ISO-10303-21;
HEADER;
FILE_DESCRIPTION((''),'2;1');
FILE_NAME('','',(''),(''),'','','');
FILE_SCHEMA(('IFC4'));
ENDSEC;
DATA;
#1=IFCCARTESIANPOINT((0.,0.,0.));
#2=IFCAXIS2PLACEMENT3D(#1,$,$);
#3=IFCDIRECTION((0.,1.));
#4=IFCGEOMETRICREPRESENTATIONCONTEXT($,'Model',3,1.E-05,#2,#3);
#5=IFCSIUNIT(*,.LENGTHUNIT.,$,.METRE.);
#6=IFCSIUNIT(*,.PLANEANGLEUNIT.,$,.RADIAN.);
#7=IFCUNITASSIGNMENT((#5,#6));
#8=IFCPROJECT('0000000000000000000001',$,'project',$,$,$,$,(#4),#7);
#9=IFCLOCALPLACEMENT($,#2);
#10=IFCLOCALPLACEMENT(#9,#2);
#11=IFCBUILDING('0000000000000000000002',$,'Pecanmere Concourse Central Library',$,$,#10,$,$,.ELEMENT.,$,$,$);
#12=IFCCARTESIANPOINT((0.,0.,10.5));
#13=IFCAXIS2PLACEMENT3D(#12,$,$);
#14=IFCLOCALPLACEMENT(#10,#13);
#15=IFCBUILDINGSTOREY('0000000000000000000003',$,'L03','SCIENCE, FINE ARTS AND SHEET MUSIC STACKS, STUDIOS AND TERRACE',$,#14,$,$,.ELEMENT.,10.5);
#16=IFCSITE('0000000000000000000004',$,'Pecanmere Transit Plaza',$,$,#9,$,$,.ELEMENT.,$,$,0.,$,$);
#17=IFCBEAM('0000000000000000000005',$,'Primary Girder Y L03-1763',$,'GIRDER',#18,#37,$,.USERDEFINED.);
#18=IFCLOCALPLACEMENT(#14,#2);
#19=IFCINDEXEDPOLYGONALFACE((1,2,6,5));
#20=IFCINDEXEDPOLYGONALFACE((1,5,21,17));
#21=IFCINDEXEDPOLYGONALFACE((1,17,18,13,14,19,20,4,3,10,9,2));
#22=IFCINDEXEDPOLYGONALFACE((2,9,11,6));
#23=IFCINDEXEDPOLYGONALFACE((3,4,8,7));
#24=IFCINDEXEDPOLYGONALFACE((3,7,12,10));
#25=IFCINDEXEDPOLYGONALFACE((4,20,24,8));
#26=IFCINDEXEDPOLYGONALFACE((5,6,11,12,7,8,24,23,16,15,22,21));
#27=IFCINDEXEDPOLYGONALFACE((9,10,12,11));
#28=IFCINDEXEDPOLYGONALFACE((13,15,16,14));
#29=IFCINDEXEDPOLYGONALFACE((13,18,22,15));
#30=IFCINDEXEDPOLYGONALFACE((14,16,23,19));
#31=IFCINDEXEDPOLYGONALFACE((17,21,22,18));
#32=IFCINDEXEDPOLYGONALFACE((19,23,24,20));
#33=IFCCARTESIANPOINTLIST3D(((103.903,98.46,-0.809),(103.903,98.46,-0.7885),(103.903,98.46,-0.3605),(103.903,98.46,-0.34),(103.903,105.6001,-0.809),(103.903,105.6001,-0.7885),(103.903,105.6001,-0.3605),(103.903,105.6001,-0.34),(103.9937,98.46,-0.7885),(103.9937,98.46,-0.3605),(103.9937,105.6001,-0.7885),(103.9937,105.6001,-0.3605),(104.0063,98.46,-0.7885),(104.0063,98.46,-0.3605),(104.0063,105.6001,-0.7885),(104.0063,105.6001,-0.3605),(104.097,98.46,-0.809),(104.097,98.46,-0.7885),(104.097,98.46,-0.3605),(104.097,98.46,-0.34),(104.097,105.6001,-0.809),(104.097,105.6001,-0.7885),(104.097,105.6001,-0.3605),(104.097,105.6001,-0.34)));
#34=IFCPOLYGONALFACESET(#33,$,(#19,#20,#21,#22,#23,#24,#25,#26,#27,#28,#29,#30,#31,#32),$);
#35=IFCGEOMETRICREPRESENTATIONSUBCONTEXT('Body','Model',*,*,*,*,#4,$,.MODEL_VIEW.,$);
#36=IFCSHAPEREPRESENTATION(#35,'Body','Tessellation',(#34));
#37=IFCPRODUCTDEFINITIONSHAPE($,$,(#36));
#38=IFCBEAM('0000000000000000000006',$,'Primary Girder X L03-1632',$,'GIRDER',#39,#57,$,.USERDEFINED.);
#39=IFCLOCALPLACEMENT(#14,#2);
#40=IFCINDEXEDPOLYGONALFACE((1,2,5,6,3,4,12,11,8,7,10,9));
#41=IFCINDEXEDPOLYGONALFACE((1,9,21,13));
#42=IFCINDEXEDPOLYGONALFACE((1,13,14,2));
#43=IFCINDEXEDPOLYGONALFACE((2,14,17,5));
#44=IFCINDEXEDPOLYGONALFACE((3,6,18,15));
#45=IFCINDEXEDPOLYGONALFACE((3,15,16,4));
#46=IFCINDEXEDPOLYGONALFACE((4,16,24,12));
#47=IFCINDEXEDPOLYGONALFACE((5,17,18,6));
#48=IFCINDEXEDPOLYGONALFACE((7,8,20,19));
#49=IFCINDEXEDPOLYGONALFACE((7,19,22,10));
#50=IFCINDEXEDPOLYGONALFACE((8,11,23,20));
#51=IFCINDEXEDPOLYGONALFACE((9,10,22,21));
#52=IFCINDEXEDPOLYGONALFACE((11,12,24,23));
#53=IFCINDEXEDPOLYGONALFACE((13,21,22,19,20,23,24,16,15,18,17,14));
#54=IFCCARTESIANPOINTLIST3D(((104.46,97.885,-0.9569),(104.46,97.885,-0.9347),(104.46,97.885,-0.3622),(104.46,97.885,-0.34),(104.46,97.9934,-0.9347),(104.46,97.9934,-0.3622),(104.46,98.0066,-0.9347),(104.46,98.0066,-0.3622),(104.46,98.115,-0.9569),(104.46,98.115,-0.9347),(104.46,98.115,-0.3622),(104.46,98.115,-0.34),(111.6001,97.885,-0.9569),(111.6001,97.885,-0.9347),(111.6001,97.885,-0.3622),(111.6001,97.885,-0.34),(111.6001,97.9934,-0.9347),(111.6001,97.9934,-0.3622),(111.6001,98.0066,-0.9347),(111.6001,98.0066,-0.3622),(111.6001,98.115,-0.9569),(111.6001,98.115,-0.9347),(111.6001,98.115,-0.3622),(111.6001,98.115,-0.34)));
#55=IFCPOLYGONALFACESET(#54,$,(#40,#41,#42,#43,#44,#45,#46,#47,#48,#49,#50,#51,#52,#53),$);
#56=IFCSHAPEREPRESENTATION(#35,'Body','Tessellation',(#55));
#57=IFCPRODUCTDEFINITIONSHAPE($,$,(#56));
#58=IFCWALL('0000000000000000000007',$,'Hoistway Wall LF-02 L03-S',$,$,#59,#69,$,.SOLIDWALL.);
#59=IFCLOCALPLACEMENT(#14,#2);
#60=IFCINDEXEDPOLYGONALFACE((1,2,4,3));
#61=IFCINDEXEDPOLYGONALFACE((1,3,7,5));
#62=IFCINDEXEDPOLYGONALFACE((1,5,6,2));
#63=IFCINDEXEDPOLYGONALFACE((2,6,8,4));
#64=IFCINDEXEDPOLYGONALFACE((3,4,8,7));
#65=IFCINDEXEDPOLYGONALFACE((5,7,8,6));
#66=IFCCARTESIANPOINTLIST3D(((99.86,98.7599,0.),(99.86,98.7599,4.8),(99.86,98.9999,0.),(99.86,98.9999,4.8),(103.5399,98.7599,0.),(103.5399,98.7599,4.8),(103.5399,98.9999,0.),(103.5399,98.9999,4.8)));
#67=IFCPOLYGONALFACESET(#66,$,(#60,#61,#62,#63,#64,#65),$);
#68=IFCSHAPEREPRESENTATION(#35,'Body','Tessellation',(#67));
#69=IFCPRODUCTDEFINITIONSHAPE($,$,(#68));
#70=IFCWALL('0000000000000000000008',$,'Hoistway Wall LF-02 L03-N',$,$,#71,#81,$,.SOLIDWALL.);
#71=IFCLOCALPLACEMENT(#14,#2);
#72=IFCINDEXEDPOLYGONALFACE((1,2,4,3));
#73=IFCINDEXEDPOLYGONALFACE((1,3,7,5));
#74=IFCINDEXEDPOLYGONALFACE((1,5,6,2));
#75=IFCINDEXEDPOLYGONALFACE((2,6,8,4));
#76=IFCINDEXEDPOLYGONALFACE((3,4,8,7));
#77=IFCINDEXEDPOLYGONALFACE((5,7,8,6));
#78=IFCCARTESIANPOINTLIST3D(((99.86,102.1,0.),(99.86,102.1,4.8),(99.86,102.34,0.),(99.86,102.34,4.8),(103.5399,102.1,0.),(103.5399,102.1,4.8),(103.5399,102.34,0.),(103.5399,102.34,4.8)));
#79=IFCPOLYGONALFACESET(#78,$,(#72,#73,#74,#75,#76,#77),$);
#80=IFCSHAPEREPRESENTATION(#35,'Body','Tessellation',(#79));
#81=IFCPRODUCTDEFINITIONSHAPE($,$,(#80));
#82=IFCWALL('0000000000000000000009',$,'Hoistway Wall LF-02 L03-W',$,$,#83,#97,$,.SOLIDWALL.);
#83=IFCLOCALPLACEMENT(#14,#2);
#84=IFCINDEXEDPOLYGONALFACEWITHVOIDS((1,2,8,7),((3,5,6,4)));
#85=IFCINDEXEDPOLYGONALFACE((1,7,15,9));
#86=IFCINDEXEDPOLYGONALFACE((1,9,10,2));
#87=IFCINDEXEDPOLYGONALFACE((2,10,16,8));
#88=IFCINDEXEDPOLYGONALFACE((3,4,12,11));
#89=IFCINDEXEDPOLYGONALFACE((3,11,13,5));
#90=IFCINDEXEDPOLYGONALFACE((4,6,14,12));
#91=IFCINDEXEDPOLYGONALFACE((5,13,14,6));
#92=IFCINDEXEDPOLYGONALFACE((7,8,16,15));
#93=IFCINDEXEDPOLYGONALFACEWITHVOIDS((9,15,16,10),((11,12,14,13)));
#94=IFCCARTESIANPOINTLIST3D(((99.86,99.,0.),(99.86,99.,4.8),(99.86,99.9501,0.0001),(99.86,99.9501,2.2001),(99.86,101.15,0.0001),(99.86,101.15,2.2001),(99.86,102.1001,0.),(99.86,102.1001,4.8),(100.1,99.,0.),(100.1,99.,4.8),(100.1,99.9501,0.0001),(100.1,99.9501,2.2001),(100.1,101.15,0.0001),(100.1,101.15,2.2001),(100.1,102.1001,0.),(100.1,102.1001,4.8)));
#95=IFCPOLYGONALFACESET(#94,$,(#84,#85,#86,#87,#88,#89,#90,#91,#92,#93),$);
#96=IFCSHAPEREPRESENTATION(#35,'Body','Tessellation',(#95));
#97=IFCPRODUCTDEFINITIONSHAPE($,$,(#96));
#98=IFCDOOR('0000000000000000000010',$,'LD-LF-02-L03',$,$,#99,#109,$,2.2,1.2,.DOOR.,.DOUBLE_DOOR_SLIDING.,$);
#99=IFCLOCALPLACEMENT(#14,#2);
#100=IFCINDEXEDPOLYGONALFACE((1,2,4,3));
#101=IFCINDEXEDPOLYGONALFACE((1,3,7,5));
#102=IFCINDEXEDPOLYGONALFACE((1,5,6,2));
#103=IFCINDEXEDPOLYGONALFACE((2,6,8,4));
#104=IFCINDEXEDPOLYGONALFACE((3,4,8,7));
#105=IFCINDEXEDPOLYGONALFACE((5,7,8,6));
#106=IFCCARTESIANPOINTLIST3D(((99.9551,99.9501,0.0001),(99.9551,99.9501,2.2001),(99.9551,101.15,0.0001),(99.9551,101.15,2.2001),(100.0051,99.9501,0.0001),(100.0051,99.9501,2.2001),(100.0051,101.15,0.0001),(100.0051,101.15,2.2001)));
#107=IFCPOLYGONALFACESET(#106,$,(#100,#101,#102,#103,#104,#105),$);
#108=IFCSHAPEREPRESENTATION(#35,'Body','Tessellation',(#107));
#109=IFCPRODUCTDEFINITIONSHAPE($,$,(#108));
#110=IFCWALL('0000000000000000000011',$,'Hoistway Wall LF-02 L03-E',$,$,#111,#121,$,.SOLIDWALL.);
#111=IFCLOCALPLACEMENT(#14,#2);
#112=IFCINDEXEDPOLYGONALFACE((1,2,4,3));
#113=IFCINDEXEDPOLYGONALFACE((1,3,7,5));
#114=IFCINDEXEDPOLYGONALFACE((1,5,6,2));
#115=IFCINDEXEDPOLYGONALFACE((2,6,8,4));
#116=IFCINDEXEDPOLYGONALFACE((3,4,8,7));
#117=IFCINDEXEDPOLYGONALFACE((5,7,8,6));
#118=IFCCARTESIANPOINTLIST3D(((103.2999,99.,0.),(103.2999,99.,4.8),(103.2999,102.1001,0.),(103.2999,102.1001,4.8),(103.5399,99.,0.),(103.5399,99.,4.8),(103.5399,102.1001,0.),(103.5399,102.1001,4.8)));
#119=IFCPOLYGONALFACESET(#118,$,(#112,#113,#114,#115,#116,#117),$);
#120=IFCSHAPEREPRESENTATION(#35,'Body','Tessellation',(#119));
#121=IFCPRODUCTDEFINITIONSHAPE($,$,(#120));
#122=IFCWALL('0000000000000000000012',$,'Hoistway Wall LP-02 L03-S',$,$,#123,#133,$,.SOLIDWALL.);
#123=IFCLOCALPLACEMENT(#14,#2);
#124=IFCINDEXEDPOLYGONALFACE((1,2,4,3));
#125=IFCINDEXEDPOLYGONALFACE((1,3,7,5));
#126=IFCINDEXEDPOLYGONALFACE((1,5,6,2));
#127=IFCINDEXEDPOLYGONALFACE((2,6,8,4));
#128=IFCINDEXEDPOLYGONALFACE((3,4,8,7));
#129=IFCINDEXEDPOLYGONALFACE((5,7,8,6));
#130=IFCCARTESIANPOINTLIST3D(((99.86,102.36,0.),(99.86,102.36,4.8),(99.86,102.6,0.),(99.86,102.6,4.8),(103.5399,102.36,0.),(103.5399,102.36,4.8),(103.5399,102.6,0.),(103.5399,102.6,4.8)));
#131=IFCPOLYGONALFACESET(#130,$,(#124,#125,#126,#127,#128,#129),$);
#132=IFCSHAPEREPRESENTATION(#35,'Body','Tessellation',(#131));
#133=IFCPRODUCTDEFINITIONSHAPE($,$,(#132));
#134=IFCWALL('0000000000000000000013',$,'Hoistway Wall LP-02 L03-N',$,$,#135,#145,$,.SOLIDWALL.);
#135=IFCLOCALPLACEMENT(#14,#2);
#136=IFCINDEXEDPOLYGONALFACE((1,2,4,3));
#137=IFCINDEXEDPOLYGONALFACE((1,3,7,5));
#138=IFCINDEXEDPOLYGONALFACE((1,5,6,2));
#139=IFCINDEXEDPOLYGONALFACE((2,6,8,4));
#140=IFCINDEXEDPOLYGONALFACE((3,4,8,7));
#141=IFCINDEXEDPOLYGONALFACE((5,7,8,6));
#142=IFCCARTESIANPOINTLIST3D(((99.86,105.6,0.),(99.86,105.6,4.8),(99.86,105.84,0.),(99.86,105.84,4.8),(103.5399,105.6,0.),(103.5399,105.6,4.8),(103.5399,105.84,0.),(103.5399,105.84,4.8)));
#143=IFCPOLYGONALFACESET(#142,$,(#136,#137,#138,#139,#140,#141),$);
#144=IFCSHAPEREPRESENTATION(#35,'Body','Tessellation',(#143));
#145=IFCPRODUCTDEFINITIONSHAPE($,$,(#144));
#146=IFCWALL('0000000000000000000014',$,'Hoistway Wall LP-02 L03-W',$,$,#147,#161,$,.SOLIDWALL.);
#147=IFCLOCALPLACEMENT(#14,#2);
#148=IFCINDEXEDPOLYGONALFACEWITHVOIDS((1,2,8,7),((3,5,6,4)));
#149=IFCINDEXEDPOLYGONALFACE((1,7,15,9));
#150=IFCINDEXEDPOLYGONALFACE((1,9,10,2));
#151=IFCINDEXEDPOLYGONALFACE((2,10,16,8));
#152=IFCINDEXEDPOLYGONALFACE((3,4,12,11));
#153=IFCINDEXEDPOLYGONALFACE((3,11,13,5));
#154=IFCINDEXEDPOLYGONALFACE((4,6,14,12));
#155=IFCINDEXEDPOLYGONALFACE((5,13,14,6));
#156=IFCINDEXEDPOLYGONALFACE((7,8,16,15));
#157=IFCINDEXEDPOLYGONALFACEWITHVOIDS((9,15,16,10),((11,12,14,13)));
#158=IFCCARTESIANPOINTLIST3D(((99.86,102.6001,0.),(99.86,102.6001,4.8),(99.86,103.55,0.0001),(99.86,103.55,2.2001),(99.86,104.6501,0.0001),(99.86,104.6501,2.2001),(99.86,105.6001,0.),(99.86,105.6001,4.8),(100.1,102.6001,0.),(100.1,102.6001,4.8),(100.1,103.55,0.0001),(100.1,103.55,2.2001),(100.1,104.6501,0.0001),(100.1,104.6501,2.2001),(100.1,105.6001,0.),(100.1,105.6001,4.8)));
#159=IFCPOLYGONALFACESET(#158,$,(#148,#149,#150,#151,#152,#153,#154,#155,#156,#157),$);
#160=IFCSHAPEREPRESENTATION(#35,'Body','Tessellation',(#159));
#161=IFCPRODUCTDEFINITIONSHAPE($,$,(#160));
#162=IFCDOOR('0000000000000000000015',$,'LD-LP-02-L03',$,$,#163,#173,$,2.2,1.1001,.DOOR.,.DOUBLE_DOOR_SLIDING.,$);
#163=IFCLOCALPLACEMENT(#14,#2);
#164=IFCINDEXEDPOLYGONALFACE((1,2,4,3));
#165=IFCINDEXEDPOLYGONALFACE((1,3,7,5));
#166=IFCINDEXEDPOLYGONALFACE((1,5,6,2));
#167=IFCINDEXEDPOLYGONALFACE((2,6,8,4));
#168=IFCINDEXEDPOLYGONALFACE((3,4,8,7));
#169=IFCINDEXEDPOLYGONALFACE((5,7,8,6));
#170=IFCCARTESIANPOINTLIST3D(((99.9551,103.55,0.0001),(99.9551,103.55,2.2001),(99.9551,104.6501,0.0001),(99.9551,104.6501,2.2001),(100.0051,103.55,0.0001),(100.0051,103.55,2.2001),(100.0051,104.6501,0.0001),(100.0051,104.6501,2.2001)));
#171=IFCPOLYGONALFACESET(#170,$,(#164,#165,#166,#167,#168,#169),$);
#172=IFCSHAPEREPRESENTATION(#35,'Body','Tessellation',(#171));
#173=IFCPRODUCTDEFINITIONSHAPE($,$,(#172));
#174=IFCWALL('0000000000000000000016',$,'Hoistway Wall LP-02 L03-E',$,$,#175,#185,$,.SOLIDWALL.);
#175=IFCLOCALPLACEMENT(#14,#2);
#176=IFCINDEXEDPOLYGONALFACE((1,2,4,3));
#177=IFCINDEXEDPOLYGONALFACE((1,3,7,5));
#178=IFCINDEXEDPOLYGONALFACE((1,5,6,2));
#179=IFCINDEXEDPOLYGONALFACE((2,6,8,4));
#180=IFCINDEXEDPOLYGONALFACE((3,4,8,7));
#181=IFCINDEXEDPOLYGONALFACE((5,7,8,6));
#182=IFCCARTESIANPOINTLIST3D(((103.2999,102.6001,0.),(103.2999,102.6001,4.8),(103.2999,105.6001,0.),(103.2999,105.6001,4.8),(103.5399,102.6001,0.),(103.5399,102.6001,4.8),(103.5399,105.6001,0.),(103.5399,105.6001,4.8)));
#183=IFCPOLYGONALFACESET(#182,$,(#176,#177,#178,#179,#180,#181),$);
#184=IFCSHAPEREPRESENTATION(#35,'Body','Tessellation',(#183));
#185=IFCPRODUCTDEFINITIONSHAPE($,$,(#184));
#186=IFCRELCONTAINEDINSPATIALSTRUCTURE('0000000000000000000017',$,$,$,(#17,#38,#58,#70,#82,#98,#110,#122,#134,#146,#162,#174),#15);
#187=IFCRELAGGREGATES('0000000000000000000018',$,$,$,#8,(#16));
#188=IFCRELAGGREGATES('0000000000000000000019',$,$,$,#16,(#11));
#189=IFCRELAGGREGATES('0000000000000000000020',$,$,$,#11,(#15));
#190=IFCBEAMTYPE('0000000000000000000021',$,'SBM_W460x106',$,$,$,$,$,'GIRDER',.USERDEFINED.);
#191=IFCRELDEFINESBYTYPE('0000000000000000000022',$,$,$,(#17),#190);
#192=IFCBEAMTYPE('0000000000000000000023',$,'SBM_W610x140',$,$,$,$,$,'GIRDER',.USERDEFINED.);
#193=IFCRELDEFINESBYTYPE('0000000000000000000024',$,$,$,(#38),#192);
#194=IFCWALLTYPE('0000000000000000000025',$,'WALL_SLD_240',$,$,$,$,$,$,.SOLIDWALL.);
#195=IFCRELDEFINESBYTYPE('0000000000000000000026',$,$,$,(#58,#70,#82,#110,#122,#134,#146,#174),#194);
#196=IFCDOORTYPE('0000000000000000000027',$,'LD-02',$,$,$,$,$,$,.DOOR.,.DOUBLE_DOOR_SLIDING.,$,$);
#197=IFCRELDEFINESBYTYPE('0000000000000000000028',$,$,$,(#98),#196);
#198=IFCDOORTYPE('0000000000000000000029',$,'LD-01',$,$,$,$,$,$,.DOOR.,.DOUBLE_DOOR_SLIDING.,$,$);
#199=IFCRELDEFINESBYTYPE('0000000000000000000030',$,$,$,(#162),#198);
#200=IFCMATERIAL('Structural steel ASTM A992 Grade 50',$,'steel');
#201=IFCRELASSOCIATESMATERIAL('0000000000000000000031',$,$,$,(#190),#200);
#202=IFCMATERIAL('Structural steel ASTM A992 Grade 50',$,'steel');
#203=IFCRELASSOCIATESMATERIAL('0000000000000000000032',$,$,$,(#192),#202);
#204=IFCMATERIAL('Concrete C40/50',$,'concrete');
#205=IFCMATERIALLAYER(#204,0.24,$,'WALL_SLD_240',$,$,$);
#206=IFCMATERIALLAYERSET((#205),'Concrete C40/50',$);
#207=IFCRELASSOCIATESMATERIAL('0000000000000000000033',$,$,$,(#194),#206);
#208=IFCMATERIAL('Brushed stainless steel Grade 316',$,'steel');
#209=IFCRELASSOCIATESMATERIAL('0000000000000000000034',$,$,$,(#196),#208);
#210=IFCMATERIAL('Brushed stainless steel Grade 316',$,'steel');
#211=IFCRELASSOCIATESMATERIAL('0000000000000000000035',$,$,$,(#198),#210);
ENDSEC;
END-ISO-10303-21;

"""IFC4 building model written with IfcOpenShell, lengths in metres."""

from ifc_helpers import new_model, si_unit, direction, frame, frame_2d, origin, origin_2d, place, context, subcontext, project, spatial, rectangle, i_section, extrude, material, layer, layer_set, material_profile, profile_set, type_object, element, fill, save


model = new_model("IFC4")

# Units and contexts
model_context = context("Model", 3, precision=1e-05, world=origin(), true_north=direction((0.0, 1.0)))
body_context = subcontext(model_context, "Body", "Model", "MODEL_VIEW")
ifc_project = project(units=[si_unit("LENGTHUNIT", "METRE"), si_unit("PLANEANGLEUNIT", "RADIAN")], contexts=[model_context])

# Site, building, storey
site_placement = place(None, origin())
site = spatial("IfcSite", under=ifc_project, at=site_placement, Name="Pecanmere Transit Plaza", CompositionType="ELEMENT", RefElevation=0.0)
building_placement = place(site_placement, origin())
building = spatial("IfcBuilding", under=site, at=building_placement, Name="Pecanmere Concourse Central Library", CompositionType="ELEMENT")
storey_placement = place(building_placement, frame((0.0, 0.0, 10.5)))
storey = spatial("IfcBuildingStorey", under=building, at=storey_placement, Name="L03", Description="SCIENCE, FINE ARTS AND SHEET MUSIC STACKS, STUDIOS AND TERRACE", CompositionType="ELEMENT", Elevation=10.5)

# Beams
ifc_material_1 = material(Name="Structural steel ASTM A992 Grade 50", Category="steel")
ifc_material_profile_1 = material_profile(ifc_material_1, i_section(OverallWidth=0.1941, OverallDepth=0.469, WebThickness=0.0127, FlangeThickness=0.0205, at=origin_2d()), Name="W460x106")
ifc_profile_set_1 = profile_set([ifc_material_profile_1], Name="Structural steel ASTM A992 Grade 50")
beam_type_1 = type_object("IfcBeamType", Name="SBM_W460x106", ElementType="GIRDER", PredefinedType="USERDEFINED", material=ifc_profile_set_1)
beam_1_placement = place(storey_placement, frame((104.0, 98.46, -0.5745), z_axis=(0.0, 1.0, 0.0), x_axis=(-1.0, 0.0, 0.0)))
element("IfcBeam", 1, at=beam_1_placement, inside=storey, type_object=beam_type_1, Name="Primary Girder Y L03-1763", ObjectType="GIRDER", PredefinedType="USERDEFINED", context=body_context, shape_type="SweptSolid", body=[
    extrude(i_section(OverallWidth=0.1941, OverallDepth=0.469, WebThickness=0.0127, FlangeThickness=0.0205, at=origin_2d()), origin(), (0.0, 0.0, 1.0), 7.1401),
])
ifc_material_2 = material(Name="Structural steel ASTM A992 Grade 50", Category="steel")
ifc_material_profile_2 = material_profile(ifc_material_2, i_section(OverallWidth=0.23, OverallDepth=0.6169, WebThickness=0.0132, FlangeThickness=0.0222, at=origin_2d()), Name="W610x140")
ifc_profile_set_2 = profile_set([ifc_material_profile_2], Name="Structural steel ASTM A992 Grade 50")
beam_type_2 = type_object("IfcBeamType", Name="SBM_W610x140", ElementType="GIRDER", PredefinedType="USERDEFINED", material=ifc_profile_set_2)
beam_2_placement = place(storey_placement, frame((104.46, 98.0, -0.6484), z_axis=(1.0, 0.0, 0.0), x_axis=(0.0, 1.0, 0.0)))
element("IfcBeam", 2, at=beam_2_placement, inside=storey, type_object=beam_type_2, Name="Primary Girder X L03-1632", ObjectType="GIRDER", PredefinedType="USERDEFINED", context=body_context, shape_type="SweptSolid", body=[
    extrude(i_section(OverallWidth=0.23, OverallDepth=0.6169, WebThickness=0.0132, FlangeThickness=0.0222, at=origin_2d()), origin(), (0.0, 0.0, 1.0), 7.1401),
])

# Walls
ifc_material_3 = material(Name="Concrete C40/50", Category="concrete")
ifc_layer_1 = layer(ifc_material_3, 0.24, Name="WALL_SLD_240")
ifc_layer_set_1 = layer_set([ifc_layer_1], Name="Concrete C40/50")
wall_type_1 = type_object("IfcWallType", Name="WALL_SLD_240", PredefinedType="SOLIDWALL", material=ifc_layer_set_1)
for number, where, z_axis, x_axis, name in (
    (3, (99.8601, 98.8799, 0.0), (0.0, 0.0, 1.0), (1.0, 0.0, 0.0), "Hoistway Wall LF-02 L03-S"),
    (4, (99.8601, 102.22, 0.0), (0.0, 0.0, 1.0), (1.0, 0.0, 0.0), "Hoistway Wall LF-02 L03-N"),
):
    element("IfcWall", number, at=place(storey_placement, frame(where, z_axis=z_axis, x_axis=x_axis)), inside=storey, type_object=wall_type_1, Name=name, PredefinedType="SOLIDWALL", context=body_context, shape_type="SweptSolid", body=[
        extrude(rectangle(XDim=3.6799, YDim=0.24, at=frame_2d((1.8398, 0.0))), origin(), (0.0, 0.0, 1.0), 4.8),
    ])

# Wall, opening, door
wall_1_placement = place(storey_placement, frame((99.98, 99.0, 0.0), z_axis=(0.0, 0.0, 1.0), x_axis=(0.0, 1.0, 0.0)))
wall_1 = element("IfcWall", 5, at=wall_1_placement, inside=storey, type_object=wall_type_1, Name="Hoistway Wall LF-02 L03-W", PredefinedType="SOLIDWALL", context=body_context, shape_type="SweptSolid", body=[
    extrude(rectangle(XDim=3.1001, YDim=0.24, at=frame_2d((1.55, 0.0))), origin(), (0.0, 0.0, 1.0), 4.8),
])
opening_1_placement = place(wall_1_placement, frame((0.95, 0.0, 0.0)))
opening_1 = element("IfcOpeningElement", 6, at=opening_1_placement, cuts=wall_1, PredefinedType="OPENING", context=body_context, shape_type="SweptSolid", body=[
    extrude(rectangle(XDim=1.2, YDim=2.2, at=frame_2d((0.6001, 1.1001))), frame((0.0, 0.1318, 0.0), z_axis=(0.0, -1.0, 0.0), x_axis=(1.0, 0.0, 0.0)), (0.0, 0.0, 1.0), 0.2639),
])
ifc_material_4 = material(Name="Brushed stainless steel Grade 316", Category="steel")
door_type_1 = type_object("IfcDoorType", Name="LD-02", OperationType="DOUBLE_DOOR_SLIDING", PredefinedType="DOOR", material=ifc_material_4)
door_1_placement = place(opening_1_placement, origin())
door_1 = element("IfcDoor", 7, at=door_1_placement, inside=storey, type_object=door_type_1, Name="LD-LF-02-L03", OperationType="DOUBLE_DOOR_SLIDING", OverallHeight=2.2, OverallWidth=1.2, PredefinedType="DOOR", context=body_context, shape_type="SweptSolid", body=[
    extrude(rectangle(XDim=1.2, YDim=2.2, at=frame_2d((0.6001, 1.1001))), frame((0.0, 0.0249, 0.0), z_axis=(0.0, -1.0, 0.0), x_axis=(1.0, 0.0, 0.0)), (0.0, 0.0, 1.0), 0.05),
])
fill(opening_1, door_1)

# Walls
wall_2_placement = place(storey_placement, frame((103.4199, 99.0, 0.0), z_axis=(0.0, 0.0, 1.0), x_axis=(0.0, 1.0, 0.0)))
element("IfcWall", 8, at=wall_2_placement, inside=storey, type_object=wall_type_1, Name="Hoistway Wall LF-02 L03-E", PredefinedType="SOLIDWALL", context=body_context, shape_type="SweptSolid", body=[
    extrude(rectangle(XDim=3.1001, YDim=0.24, at=frame_2d((1.55, 0.0))), origin(), (0.0, 0.0, 1.0), 4.8),
])
for number, where, z_axis, x_axis, name in (
    (9, (99.8601, 102.48, 0.0), (0.0, 0.0, 1.0), (1.0, 0.0, 0.0), "Hoistway Wall LP-02 L03-S"),
    (10, (99.8601, 105.72, 0.0), (0.0, 0.0, 1.0), (1.0, 0.0, 0.0), "Hoistway Wall LP-02 L03-N"),
):
    element("IfcWall", number, at=place(storey_placement, frame(where, z_axis=z_axis, x_axis=x_axis)), inside=storey, type_object=wall_type_1, Name=name, PredefinedType="SOLIDWALL", context=body_context, shape_type="SweptSolid", body=[
        extrude(rectangle(XDim=3.6799, YDim=0.24, at=frame_2d((1.8398, 0.0))), origin(), (0.0, 0.0, 1.0), 4.8),
    ])

# Wall, opening, door
wall_3_placement = place(storey_placement, frame((99.98, 102.6001, 0.0), z_axis=(0.0, 0.0, 1.0), x_axis=(0.0, 1.0, 0.0)))
wall_3 = element("IfcWall", 11, at=wall_3_placement, inside=storey, type_object=wall_type_1, Name="Hoistway Wall LP-02 L03-W", PredefinedType="SOLIDWALL", context=body_context, shape_type="SweptSolid", body=[
    extrude(rectangle(XDim=3.0, YDim=0.24, at=frame_2d((1.5, 0.0))), origin(), (0.0, 0.0, 1.0), 4.8),
])
opening_2_placement = place(wall_3_placement, frame((0.95, 0.0, 0.0)))
opening_2 = element("IfcOpeningElement", 12, at=opening_2_placement, cuts=wall_3, PredefinedType="OPENING", context=body_context, shape_type="SweptSolid", body=[
    extrude(rectangle(XDim=1.1001, YDim=2.2, at=frame_2d((0.55, 1.1001))), frame((0.0, 0.1318, 0.0), z_axis=(0.0, -1.0, 0.0), x_axis=(1.0, 0.0, 0.0)), (0.0, 0.0, 1.0), 0.2639),
])
ifc_material_5 = material(Name="Brushed stainless steel Grade 316", Category="steel")
door_type_2 = type_object("IfcDoorType", Name="LD-01", OperationType="DOUBLE_DOOR_SLIDING", PredefinedType="DOOR", material=ifc_material_5)
door_2_placement = place(opening_2_placement, origin())
door_2 = element("IfcDoor", 13, at=door_2_placement, inside=storey, type_object=door_type_2, Name="LD-LP-02-L03", OperationType="DOUBLE_DOOR_SLIDING", OverallHeight=2.2, OverallWidth=1.1001, PredefinedType="DOOR", context=body_context, shape_type="SweptSolid", body=[
    extrude(rectangle(XDim=1.1001, YDim=2.2, at=frame_2d((0.55, 1.1001))), frame((0.0, 0.0249, 0.0), z_axis=(0.0, -1.0, 0.0), x_axis=(1.0, 0.0, 0.0)), (0.0, 0.0, 1.0), 0.05),
])
fill(opening_2, door_2)

# Wall
wall_4_placement = place(storey_placement, frame((103.4199, 102.6001, 0.0), z_axis=(0.0, 0.0, 1.0), x_axis=(0.0, 1.0, 0.0)))
element("IfcWall", 14, at=wall_4_placement, inside=storey, type_object=wall_type_1, Name="Hoistway Wall LP-02 L03-E", PredefinedType="SOLIDWALL", context=body_context, shape_type="SweptSolid", body=[
    extrude(rectangle(XDim=3.0, YDim=0.24, at=frame_2d((1.5, 0.0))), origin(), (0.0, 0.0, 1.0), 4.8),
])

save(model, "model.ifc")
